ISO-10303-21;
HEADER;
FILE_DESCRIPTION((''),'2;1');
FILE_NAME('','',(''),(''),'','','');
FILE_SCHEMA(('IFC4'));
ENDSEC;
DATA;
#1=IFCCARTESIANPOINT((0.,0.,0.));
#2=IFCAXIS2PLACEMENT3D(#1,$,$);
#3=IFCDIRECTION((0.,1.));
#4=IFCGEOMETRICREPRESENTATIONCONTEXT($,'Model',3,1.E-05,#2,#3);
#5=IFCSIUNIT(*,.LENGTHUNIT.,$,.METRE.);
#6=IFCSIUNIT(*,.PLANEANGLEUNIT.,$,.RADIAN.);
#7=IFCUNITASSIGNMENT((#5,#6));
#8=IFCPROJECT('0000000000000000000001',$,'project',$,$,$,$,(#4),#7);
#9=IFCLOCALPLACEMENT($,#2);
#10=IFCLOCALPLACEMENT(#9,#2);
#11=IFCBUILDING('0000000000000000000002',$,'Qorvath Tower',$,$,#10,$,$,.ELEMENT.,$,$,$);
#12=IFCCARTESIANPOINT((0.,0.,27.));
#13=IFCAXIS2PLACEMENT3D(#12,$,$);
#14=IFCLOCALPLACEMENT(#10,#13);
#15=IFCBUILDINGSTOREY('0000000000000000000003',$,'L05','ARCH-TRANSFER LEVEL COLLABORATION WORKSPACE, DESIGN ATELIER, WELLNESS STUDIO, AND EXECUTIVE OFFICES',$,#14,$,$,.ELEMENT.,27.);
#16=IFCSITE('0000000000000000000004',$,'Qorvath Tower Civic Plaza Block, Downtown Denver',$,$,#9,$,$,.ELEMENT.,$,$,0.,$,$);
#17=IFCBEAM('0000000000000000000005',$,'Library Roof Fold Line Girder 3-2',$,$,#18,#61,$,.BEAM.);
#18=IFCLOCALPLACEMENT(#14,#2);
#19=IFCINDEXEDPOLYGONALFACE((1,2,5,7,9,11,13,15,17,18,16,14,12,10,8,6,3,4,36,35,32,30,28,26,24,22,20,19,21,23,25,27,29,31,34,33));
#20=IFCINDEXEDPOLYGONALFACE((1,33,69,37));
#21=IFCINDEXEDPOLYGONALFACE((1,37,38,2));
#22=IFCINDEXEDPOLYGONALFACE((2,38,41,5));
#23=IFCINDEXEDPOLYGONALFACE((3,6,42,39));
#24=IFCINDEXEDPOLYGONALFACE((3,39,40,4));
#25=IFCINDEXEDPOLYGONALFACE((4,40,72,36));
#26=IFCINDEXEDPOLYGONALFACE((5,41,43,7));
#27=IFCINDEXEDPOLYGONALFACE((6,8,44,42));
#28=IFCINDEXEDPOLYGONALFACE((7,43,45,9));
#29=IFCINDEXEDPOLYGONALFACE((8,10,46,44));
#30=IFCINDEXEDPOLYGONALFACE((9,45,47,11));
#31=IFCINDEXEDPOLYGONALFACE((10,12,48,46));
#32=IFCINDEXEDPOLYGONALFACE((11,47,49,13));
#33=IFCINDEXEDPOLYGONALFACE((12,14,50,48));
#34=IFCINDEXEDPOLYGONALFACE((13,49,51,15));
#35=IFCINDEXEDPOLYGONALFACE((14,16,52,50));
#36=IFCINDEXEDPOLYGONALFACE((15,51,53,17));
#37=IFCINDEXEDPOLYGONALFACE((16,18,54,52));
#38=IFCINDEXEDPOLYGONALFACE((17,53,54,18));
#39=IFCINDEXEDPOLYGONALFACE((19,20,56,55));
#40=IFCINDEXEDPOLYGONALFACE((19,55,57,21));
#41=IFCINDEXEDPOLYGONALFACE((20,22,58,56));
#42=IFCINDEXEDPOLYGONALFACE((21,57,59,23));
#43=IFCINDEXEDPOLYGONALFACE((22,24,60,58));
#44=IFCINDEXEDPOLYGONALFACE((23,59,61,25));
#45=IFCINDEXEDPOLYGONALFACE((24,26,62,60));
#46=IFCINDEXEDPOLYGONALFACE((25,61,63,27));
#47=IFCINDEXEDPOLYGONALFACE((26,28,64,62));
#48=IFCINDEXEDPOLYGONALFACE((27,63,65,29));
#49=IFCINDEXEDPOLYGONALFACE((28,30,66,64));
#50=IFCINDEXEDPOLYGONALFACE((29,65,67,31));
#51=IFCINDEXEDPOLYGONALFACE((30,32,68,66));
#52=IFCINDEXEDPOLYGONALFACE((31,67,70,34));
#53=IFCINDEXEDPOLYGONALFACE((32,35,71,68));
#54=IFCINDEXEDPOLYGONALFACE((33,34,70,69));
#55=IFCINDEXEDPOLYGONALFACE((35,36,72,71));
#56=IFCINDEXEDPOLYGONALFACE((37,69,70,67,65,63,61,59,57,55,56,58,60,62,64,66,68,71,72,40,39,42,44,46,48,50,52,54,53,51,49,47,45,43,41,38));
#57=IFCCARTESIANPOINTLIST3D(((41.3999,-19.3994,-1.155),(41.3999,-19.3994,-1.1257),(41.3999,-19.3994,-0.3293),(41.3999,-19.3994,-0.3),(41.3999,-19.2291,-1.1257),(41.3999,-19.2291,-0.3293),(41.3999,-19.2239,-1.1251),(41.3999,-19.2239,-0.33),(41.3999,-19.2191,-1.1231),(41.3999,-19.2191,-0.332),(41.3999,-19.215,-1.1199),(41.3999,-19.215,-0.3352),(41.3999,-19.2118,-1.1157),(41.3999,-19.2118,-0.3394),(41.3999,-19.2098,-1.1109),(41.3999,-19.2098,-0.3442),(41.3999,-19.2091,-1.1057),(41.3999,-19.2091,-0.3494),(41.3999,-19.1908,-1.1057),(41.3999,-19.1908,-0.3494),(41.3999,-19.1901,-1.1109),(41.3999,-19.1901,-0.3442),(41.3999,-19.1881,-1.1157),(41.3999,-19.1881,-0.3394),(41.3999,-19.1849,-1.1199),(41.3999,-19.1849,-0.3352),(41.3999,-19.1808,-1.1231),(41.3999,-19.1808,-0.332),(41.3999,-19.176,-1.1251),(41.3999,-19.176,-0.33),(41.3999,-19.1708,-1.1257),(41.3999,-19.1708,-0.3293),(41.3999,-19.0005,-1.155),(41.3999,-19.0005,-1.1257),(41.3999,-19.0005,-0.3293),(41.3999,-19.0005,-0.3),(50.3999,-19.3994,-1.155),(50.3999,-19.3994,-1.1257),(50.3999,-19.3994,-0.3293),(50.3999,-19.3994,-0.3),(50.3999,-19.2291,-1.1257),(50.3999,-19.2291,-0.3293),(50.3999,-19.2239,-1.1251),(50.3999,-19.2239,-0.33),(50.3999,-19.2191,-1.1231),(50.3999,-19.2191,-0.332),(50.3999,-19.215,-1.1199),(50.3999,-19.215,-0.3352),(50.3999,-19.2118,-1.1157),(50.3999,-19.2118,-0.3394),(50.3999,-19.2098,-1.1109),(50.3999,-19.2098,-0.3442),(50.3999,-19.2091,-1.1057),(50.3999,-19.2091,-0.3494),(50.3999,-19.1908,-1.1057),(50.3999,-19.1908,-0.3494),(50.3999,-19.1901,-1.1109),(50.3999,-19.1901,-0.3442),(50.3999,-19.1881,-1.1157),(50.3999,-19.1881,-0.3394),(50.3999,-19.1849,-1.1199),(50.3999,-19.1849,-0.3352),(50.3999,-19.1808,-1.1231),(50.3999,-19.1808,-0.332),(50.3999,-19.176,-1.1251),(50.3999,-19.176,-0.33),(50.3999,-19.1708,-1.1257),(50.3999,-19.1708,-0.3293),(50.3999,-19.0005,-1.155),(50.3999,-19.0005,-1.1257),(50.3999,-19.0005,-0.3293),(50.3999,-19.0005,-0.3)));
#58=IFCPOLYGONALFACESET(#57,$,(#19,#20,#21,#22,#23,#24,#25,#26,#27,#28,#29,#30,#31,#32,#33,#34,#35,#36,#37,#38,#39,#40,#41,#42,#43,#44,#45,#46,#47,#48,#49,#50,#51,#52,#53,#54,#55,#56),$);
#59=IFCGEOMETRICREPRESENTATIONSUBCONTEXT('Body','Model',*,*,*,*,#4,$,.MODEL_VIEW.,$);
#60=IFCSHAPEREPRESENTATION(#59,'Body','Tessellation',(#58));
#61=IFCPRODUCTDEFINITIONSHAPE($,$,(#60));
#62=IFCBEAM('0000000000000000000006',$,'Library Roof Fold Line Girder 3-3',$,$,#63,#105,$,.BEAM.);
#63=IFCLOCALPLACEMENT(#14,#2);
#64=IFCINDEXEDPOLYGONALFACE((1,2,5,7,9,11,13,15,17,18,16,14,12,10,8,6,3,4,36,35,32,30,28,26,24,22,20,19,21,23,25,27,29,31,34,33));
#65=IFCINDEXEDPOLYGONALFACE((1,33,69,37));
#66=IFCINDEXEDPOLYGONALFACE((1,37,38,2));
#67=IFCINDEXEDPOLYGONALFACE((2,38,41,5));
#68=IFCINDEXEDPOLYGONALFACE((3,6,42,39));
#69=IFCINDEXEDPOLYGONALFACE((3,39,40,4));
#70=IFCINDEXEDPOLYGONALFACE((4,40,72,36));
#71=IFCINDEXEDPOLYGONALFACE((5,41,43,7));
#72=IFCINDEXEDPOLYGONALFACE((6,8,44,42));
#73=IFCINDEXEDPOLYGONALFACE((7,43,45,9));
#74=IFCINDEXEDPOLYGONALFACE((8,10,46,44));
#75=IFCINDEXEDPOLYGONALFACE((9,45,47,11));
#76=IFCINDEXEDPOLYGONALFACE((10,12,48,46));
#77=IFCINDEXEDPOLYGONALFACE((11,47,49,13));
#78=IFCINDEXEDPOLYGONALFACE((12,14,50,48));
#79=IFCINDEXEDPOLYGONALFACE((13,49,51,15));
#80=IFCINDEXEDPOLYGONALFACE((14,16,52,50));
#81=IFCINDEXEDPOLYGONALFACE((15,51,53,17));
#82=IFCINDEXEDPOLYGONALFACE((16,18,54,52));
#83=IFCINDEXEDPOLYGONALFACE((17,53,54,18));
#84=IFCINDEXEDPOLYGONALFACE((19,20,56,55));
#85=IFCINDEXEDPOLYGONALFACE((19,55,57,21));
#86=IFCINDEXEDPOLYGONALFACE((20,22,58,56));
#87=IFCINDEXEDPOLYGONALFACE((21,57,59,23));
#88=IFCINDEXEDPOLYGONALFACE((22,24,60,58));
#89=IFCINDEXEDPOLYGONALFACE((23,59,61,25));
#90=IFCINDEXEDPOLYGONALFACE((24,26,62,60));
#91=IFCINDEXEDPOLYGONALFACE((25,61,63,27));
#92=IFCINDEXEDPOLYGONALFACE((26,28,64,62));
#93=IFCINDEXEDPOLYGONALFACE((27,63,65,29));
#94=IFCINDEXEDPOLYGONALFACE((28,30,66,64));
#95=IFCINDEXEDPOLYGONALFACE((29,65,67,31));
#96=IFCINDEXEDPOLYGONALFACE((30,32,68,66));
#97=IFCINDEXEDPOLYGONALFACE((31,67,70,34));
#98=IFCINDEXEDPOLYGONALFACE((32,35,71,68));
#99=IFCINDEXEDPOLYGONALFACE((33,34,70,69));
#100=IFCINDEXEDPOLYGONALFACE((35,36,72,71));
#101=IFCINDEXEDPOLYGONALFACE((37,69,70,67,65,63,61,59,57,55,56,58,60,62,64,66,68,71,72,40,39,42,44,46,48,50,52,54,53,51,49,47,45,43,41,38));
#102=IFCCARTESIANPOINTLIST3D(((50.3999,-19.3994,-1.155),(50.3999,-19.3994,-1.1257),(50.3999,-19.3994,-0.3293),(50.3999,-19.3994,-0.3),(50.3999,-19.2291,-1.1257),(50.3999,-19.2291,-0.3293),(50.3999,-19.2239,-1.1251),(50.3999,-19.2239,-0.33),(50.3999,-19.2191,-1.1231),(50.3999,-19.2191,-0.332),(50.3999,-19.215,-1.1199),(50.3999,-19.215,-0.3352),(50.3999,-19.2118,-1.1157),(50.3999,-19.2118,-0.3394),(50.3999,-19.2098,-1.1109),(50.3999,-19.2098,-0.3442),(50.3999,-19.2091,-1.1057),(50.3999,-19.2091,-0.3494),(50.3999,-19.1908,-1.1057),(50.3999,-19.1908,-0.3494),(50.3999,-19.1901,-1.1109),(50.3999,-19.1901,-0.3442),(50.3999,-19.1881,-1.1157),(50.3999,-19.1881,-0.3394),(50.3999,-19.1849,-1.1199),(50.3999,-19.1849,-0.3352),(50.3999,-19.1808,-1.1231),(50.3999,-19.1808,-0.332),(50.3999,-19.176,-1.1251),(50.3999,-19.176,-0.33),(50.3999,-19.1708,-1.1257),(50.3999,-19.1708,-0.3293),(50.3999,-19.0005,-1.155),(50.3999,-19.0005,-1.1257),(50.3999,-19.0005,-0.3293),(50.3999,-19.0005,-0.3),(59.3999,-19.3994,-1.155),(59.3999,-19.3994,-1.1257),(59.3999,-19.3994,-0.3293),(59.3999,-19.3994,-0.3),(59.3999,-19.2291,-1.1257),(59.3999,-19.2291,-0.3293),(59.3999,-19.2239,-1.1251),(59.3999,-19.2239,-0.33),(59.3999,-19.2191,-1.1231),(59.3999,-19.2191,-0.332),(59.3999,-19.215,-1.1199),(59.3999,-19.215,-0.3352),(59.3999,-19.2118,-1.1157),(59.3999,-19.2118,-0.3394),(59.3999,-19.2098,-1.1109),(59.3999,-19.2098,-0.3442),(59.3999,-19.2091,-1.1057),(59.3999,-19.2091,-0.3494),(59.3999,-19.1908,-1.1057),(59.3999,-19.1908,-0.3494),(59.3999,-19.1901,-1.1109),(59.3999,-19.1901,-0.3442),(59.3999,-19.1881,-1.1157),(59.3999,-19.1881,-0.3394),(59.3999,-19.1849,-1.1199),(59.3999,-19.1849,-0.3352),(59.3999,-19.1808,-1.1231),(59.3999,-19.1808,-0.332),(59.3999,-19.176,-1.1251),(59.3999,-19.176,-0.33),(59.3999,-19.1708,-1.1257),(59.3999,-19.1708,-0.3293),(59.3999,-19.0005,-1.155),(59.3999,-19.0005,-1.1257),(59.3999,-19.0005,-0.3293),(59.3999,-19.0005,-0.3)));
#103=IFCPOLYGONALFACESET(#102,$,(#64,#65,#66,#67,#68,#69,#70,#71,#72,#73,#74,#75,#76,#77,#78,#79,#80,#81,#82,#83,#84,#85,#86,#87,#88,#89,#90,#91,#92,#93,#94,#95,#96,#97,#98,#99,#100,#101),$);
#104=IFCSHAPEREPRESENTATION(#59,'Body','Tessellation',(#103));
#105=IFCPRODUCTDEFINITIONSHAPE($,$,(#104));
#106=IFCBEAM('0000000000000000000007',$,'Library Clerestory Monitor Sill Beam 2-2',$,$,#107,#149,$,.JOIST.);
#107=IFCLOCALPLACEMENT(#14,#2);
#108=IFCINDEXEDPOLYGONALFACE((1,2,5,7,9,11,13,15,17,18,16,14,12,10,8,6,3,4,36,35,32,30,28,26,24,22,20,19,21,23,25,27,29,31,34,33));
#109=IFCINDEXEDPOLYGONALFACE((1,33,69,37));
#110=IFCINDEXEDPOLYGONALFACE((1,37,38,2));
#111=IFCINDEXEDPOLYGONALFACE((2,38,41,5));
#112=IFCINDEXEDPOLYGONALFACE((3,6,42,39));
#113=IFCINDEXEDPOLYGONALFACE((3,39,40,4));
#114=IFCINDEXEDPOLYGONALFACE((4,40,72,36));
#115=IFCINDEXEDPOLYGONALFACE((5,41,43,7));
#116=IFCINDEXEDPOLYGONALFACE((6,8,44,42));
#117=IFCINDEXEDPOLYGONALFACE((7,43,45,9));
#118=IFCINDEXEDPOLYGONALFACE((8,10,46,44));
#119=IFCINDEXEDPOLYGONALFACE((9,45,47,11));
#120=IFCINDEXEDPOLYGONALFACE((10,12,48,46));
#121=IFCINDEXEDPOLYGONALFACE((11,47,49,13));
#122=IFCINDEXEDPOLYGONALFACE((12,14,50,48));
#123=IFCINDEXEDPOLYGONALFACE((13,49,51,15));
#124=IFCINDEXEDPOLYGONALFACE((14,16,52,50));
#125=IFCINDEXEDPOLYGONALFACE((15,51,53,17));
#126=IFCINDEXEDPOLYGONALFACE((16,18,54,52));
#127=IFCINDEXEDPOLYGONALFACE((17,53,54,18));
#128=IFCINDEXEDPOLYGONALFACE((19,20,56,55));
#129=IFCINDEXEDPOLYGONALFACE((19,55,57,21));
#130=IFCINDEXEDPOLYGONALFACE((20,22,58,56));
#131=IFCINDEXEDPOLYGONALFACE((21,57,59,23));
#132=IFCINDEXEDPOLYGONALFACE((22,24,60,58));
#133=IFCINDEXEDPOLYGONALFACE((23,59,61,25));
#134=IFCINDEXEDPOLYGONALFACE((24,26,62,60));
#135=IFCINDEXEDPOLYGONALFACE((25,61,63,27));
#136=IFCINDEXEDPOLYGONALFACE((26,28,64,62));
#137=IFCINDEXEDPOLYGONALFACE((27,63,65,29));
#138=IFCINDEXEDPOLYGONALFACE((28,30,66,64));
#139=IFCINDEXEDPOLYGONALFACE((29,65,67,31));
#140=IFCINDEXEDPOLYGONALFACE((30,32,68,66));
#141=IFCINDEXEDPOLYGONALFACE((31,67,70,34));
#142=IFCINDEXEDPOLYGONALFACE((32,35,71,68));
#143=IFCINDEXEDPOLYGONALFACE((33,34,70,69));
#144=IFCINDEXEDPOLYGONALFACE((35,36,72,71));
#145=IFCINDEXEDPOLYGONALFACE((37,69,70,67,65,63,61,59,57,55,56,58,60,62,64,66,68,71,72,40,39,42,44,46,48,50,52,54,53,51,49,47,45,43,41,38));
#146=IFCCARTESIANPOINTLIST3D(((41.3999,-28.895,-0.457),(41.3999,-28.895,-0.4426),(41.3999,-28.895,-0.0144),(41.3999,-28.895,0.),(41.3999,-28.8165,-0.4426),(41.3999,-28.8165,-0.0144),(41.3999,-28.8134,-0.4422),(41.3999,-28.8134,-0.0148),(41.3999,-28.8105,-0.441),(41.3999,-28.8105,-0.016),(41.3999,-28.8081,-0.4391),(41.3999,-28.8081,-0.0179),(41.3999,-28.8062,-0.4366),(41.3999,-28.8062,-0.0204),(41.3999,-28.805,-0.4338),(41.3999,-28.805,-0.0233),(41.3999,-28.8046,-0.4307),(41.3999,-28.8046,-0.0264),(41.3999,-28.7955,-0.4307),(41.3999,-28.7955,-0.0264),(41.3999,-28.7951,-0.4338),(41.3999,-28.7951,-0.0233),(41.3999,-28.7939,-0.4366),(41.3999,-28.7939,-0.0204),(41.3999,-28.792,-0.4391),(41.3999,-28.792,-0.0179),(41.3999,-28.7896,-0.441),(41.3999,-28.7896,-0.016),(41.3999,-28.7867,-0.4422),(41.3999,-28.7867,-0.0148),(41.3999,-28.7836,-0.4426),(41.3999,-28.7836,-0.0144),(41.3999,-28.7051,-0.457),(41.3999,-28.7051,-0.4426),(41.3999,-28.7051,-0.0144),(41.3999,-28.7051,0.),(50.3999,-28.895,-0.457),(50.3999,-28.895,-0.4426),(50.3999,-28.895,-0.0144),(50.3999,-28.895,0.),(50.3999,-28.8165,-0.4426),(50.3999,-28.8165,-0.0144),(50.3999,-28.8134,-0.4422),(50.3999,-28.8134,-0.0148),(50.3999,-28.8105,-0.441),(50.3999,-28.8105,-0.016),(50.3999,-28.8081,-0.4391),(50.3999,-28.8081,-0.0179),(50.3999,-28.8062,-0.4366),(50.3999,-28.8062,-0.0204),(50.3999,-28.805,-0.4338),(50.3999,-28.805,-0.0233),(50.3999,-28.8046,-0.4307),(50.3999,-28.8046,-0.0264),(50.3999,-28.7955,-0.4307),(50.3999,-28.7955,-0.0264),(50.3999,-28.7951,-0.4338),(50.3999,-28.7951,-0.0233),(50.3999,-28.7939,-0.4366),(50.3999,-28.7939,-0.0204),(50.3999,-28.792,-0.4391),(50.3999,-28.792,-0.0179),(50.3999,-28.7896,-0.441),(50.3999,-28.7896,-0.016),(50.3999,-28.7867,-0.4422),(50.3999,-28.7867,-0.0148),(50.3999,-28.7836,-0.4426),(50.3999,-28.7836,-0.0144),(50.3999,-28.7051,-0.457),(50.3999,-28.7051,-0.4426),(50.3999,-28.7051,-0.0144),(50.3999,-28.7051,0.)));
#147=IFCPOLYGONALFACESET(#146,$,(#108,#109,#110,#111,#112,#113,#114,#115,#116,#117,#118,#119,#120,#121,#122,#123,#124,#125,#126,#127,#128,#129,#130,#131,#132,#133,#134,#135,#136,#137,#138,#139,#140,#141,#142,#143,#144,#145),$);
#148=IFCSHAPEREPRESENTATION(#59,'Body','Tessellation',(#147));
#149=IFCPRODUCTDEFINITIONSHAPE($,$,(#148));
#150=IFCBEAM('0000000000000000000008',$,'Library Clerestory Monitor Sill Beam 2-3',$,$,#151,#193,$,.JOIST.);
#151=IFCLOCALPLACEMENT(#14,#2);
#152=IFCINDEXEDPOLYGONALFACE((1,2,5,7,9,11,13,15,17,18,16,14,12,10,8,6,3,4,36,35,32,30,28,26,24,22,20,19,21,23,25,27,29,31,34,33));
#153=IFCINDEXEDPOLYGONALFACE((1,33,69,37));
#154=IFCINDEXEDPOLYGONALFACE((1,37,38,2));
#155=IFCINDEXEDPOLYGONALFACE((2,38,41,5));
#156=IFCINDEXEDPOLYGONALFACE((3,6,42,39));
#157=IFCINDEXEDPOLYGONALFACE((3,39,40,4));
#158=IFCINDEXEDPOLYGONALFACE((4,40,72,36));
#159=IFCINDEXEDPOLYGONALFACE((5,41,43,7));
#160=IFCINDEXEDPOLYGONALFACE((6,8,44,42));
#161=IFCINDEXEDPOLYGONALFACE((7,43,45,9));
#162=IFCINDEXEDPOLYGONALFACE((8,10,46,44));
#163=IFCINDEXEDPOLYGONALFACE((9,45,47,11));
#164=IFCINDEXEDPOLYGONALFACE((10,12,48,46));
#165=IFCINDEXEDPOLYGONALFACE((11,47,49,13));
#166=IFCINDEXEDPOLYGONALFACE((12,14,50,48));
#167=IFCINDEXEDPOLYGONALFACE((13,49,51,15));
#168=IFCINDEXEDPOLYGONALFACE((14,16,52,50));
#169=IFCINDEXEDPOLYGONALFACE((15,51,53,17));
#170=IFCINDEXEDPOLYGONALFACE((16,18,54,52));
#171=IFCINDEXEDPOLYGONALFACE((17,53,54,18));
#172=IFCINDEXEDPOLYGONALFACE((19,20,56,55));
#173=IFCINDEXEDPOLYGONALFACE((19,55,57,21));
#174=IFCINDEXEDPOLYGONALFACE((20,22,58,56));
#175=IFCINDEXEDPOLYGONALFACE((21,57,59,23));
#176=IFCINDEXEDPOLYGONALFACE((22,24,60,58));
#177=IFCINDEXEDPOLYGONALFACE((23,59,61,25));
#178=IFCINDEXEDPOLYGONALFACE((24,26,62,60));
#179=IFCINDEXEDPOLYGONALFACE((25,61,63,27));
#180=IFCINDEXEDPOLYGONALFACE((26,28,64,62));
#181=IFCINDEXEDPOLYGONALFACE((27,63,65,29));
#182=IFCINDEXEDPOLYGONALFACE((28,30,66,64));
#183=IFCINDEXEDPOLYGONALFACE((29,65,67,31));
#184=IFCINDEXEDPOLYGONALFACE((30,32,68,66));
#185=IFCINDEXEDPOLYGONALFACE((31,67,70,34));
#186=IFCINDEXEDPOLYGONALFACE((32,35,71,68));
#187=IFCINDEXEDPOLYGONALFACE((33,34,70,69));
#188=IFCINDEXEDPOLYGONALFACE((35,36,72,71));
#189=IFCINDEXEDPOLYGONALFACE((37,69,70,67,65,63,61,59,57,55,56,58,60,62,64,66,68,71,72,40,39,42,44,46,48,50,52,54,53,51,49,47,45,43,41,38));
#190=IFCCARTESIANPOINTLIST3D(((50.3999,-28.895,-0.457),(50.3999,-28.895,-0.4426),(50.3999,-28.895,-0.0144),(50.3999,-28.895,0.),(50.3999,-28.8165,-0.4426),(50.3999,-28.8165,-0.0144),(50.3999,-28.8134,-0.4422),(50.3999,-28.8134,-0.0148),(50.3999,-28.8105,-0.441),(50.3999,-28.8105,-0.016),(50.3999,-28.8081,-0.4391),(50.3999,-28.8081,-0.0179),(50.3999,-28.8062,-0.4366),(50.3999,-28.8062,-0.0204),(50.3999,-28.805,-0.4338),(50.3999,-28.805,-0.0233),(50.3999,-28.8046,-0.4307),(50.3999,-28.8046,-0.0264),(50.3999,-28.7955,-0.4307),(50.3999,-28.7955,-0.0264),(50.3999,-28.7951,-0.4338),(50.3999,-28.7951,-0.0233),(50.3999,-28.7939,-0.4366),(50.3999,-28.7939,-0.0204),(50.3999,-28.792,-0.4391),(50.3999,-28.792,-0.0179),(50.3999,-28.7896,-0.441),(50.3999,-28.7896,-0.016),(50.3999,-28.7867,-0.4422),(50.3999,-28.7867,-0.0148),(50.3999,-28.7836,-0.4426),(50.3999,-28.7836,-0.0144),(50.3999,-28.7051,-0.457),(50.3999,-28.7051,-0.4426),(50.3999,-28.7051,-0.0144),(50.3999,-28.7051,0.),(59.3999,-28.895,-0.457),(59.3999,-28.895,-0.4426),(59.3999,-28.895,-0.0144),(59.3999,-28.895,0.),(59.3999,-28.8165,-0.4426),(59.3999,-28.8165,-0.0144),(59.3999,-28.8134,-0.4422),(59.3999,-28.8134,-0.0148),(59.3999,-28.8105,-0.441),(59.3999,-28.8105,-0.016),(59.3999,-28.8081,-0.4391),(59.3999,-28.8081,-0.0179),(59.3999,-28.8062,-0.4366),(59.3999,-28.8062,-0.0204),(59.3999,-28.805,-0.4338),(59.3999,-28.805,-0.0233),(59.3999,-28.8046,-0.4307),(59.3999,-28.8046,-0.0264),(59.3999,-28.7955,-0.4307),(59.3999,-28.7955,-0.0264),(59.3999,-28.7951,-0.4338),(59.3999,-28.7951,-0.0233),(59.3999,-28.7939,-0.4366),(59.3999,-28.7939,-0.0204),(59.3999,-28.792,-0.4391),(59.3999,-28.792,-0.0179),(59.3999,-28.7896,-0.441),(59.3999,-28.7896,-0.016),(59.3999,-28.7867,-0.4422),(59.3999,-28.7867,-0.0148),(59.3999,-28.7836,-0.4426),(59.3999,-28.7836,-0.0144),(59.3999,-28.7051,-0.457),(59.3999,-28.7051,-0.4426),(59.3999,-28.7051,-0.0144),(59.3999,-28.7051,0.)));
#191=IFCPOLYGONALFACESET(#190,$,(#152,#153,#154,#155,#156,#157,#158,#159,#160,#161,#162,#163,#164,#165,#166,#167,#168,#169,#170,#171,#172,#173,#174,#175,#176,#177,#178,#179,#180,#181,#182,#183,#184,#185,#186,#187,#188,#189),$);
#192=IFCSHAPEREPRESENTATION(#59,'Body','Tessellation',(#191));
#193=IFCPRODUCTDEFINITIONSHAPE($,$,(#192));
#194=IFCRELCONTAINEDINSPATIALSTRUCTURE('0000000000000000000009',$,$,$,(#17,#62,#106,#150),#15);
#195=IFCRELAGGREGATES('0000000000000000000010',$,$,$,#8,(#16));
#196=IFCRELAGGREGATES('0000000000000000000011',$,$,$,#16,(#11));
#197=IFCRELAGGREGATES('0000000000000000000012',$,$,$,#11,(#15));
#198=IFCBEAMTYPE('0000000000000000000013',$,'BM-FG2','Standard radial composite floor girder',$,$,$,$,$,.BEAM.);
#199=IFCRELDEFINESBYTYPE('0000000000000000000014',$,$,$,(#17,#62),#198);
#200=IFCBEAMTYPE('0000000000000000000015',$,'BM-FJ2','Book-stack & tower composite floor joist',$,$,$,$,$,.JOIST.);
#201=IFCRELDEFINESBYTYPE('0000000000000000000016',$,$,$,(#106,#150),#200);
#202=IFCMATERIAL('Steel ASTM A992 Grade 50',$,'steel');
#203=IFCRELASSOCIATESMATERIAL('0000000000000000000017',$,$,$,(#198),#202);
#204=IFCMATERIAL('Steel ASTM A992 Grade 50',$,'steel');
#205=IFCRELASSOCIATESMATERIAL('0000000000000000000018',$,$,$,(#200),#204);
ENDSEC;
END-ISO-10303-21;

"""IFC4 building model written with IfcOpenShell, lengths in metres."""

from ifc_helpers import new_model, si_unit, direction, frame, origin, origin_2d, place, context, subcontext, project, spatial, i_section, extrude, material, material_profile, profile_set, type_object, element, save


model = new_model("IFC4")

# Units and contexts
model_context = context("Model", 3, precision=1e-05, world=origin(), true_north=direction((0.0, 1.0)))
body_context = subcontext(model_context, "Body", "Model", "MODEL_VIEW")
ifc_project = project(units=[si_unit("LENGTHUNIT", "METRE"), si_unit("PLANEANGLEUNIT", "RADIAN")], contexts=[model_context])

# Site, building, storey
site_placement = place(None, origin())
site = spatial("IfcSite", under=ifc_project, at=site_placement, Name="Qorvath Tower Civic Plaza Block, Downtown Denver", CompositionType="ELEMENT", RefElevation=0.0)
building_placement = place(site_placement, origin())
building = spatial("IfcBuilding", under=site, at=building_placement, Name="Qorvath Tower", CompositionType="ELEMENT")
storey_placement = place(building_placement, frame((0.0, 0.0, 27.0)))
storey = spatial("IfcBuildingStorey", under=building, at=storey_placement, Name="L05", Description="ARCH-TRANSFER LEVEL COLLABORATION WORKSPACE, DESIGN ATELIER, WELLNESS STUDIO, AND EXECUTIVE OFFICES", CompositionType="ELEMENT", Elevation=27.0)

# Beams
ifc_material_1 = material(Name="Steel ASTM A992 Grade 50", Category="steel")
ifc_material_profile_1 = material_profile(ifc_material_1, i_section(OverallWidth=0.3989, OverallDepth=0.855, WebThickness=0.0183, FlangeThickness=0.0293, FilletRadius=0.02, at=origin_2d()), Name="W33x201")
ifc_profile_set_1 = profile_set([ifc_material_profile_1], Name="Steel ASTM A992 Grade 50")
beam_type_1 = type_object("IfcBeamType", Name="BM-FG2", Description="Standard radial composite floor girder", PredefinedType="BEAM", material=ifc_profile_set_1)
for number, where, z_axis, x_axis, name in (
    (1, (41.3999, -19.2, -0.7275), (1.0, 0.0, 0.0), (0.0, 1.0, 0.0), "Library Roof Fold Line Girder 3-2"),
    (2, (50.3999, -19.2, -0.7275), (1.0, 0.0, 0.0), (0.0, 1.0, 0.0), "Library Roof Fold Line Girder 3-3"),
):
    element("IfcBeam", number, at=place(storey_placement, frame(where, z_axis=z_axis, x_axis=x_axis)), inside=storey, type_object=beam_type_1, Name=name, PredefinedType="BEAM", context=body_context, shape_type="SweptSolid", body=[
        extrude(i_section(OverallWidth=0.3989, OverallDepth=0.855, WebThickness=0.0183, FlangeThickness=0.0293, FilletRadius=0.02, at=origin_2d()), origin(), (0.0, 0.0, 1.0), 9.0),
    ])
ifc_material_2 = material(Name="Steel ASTM A992 Grade 50", Category="steel")
ifc_material_profile_2 = material_profile(ifc_material_2, i_section(OverallWidth=0.1899, OverallDepth=0.457, WebThickness=0.009, FlangeThickness=0.0144, FilletRadius=0.012, at=origin_2d()), Name="W18x50")
ifc_profile_set_2 = profile_set([ifc_material_profile_2], Name="Steel ASTM A992 Grade 50")
beam_type_2 = type_object("IfcBeamType", Name="BM-FJ2", Description="Book-stack & tower composite floor joist", PredefinedType="JOIST", material=ifc_profile_set_2)
for number, where, z_axis, x_axis, name in (
    (3, (41.3999, -28.8, -0.2285), (1.0, 0.0, 0.0), (0.0, 1.0, 0.0), "Library Clerestory Monitor Sill Beam 2-2"),
    (4, (50.3999, -28.8, -0.2285), (1.0, 0.0, 0.0), (0.0, 1.0, 0.0), "Library Clerestory Monitor Sill Beam 2-3"),
):
    element("IfcBeam", number, at=place(storey_placement, frame(where, z_axis=z_axis, x_axis=x_axis)), inside=storey, type_object=beam_type_2, Name=name, PredefinedType="JOIST", context=body_context, shape_type="SweptSolid", body=[
        extrude(i_section(OverallWidth=0.1899, OverallDepth=0.457, WebThickness=0.009, FlangeThickness=0.0144, FilletRadius=0.012, at=origin_2d()), origin(), (0.0, 0.0, 1.0), 9.0),
    ])

save(model, "model.ifc")
